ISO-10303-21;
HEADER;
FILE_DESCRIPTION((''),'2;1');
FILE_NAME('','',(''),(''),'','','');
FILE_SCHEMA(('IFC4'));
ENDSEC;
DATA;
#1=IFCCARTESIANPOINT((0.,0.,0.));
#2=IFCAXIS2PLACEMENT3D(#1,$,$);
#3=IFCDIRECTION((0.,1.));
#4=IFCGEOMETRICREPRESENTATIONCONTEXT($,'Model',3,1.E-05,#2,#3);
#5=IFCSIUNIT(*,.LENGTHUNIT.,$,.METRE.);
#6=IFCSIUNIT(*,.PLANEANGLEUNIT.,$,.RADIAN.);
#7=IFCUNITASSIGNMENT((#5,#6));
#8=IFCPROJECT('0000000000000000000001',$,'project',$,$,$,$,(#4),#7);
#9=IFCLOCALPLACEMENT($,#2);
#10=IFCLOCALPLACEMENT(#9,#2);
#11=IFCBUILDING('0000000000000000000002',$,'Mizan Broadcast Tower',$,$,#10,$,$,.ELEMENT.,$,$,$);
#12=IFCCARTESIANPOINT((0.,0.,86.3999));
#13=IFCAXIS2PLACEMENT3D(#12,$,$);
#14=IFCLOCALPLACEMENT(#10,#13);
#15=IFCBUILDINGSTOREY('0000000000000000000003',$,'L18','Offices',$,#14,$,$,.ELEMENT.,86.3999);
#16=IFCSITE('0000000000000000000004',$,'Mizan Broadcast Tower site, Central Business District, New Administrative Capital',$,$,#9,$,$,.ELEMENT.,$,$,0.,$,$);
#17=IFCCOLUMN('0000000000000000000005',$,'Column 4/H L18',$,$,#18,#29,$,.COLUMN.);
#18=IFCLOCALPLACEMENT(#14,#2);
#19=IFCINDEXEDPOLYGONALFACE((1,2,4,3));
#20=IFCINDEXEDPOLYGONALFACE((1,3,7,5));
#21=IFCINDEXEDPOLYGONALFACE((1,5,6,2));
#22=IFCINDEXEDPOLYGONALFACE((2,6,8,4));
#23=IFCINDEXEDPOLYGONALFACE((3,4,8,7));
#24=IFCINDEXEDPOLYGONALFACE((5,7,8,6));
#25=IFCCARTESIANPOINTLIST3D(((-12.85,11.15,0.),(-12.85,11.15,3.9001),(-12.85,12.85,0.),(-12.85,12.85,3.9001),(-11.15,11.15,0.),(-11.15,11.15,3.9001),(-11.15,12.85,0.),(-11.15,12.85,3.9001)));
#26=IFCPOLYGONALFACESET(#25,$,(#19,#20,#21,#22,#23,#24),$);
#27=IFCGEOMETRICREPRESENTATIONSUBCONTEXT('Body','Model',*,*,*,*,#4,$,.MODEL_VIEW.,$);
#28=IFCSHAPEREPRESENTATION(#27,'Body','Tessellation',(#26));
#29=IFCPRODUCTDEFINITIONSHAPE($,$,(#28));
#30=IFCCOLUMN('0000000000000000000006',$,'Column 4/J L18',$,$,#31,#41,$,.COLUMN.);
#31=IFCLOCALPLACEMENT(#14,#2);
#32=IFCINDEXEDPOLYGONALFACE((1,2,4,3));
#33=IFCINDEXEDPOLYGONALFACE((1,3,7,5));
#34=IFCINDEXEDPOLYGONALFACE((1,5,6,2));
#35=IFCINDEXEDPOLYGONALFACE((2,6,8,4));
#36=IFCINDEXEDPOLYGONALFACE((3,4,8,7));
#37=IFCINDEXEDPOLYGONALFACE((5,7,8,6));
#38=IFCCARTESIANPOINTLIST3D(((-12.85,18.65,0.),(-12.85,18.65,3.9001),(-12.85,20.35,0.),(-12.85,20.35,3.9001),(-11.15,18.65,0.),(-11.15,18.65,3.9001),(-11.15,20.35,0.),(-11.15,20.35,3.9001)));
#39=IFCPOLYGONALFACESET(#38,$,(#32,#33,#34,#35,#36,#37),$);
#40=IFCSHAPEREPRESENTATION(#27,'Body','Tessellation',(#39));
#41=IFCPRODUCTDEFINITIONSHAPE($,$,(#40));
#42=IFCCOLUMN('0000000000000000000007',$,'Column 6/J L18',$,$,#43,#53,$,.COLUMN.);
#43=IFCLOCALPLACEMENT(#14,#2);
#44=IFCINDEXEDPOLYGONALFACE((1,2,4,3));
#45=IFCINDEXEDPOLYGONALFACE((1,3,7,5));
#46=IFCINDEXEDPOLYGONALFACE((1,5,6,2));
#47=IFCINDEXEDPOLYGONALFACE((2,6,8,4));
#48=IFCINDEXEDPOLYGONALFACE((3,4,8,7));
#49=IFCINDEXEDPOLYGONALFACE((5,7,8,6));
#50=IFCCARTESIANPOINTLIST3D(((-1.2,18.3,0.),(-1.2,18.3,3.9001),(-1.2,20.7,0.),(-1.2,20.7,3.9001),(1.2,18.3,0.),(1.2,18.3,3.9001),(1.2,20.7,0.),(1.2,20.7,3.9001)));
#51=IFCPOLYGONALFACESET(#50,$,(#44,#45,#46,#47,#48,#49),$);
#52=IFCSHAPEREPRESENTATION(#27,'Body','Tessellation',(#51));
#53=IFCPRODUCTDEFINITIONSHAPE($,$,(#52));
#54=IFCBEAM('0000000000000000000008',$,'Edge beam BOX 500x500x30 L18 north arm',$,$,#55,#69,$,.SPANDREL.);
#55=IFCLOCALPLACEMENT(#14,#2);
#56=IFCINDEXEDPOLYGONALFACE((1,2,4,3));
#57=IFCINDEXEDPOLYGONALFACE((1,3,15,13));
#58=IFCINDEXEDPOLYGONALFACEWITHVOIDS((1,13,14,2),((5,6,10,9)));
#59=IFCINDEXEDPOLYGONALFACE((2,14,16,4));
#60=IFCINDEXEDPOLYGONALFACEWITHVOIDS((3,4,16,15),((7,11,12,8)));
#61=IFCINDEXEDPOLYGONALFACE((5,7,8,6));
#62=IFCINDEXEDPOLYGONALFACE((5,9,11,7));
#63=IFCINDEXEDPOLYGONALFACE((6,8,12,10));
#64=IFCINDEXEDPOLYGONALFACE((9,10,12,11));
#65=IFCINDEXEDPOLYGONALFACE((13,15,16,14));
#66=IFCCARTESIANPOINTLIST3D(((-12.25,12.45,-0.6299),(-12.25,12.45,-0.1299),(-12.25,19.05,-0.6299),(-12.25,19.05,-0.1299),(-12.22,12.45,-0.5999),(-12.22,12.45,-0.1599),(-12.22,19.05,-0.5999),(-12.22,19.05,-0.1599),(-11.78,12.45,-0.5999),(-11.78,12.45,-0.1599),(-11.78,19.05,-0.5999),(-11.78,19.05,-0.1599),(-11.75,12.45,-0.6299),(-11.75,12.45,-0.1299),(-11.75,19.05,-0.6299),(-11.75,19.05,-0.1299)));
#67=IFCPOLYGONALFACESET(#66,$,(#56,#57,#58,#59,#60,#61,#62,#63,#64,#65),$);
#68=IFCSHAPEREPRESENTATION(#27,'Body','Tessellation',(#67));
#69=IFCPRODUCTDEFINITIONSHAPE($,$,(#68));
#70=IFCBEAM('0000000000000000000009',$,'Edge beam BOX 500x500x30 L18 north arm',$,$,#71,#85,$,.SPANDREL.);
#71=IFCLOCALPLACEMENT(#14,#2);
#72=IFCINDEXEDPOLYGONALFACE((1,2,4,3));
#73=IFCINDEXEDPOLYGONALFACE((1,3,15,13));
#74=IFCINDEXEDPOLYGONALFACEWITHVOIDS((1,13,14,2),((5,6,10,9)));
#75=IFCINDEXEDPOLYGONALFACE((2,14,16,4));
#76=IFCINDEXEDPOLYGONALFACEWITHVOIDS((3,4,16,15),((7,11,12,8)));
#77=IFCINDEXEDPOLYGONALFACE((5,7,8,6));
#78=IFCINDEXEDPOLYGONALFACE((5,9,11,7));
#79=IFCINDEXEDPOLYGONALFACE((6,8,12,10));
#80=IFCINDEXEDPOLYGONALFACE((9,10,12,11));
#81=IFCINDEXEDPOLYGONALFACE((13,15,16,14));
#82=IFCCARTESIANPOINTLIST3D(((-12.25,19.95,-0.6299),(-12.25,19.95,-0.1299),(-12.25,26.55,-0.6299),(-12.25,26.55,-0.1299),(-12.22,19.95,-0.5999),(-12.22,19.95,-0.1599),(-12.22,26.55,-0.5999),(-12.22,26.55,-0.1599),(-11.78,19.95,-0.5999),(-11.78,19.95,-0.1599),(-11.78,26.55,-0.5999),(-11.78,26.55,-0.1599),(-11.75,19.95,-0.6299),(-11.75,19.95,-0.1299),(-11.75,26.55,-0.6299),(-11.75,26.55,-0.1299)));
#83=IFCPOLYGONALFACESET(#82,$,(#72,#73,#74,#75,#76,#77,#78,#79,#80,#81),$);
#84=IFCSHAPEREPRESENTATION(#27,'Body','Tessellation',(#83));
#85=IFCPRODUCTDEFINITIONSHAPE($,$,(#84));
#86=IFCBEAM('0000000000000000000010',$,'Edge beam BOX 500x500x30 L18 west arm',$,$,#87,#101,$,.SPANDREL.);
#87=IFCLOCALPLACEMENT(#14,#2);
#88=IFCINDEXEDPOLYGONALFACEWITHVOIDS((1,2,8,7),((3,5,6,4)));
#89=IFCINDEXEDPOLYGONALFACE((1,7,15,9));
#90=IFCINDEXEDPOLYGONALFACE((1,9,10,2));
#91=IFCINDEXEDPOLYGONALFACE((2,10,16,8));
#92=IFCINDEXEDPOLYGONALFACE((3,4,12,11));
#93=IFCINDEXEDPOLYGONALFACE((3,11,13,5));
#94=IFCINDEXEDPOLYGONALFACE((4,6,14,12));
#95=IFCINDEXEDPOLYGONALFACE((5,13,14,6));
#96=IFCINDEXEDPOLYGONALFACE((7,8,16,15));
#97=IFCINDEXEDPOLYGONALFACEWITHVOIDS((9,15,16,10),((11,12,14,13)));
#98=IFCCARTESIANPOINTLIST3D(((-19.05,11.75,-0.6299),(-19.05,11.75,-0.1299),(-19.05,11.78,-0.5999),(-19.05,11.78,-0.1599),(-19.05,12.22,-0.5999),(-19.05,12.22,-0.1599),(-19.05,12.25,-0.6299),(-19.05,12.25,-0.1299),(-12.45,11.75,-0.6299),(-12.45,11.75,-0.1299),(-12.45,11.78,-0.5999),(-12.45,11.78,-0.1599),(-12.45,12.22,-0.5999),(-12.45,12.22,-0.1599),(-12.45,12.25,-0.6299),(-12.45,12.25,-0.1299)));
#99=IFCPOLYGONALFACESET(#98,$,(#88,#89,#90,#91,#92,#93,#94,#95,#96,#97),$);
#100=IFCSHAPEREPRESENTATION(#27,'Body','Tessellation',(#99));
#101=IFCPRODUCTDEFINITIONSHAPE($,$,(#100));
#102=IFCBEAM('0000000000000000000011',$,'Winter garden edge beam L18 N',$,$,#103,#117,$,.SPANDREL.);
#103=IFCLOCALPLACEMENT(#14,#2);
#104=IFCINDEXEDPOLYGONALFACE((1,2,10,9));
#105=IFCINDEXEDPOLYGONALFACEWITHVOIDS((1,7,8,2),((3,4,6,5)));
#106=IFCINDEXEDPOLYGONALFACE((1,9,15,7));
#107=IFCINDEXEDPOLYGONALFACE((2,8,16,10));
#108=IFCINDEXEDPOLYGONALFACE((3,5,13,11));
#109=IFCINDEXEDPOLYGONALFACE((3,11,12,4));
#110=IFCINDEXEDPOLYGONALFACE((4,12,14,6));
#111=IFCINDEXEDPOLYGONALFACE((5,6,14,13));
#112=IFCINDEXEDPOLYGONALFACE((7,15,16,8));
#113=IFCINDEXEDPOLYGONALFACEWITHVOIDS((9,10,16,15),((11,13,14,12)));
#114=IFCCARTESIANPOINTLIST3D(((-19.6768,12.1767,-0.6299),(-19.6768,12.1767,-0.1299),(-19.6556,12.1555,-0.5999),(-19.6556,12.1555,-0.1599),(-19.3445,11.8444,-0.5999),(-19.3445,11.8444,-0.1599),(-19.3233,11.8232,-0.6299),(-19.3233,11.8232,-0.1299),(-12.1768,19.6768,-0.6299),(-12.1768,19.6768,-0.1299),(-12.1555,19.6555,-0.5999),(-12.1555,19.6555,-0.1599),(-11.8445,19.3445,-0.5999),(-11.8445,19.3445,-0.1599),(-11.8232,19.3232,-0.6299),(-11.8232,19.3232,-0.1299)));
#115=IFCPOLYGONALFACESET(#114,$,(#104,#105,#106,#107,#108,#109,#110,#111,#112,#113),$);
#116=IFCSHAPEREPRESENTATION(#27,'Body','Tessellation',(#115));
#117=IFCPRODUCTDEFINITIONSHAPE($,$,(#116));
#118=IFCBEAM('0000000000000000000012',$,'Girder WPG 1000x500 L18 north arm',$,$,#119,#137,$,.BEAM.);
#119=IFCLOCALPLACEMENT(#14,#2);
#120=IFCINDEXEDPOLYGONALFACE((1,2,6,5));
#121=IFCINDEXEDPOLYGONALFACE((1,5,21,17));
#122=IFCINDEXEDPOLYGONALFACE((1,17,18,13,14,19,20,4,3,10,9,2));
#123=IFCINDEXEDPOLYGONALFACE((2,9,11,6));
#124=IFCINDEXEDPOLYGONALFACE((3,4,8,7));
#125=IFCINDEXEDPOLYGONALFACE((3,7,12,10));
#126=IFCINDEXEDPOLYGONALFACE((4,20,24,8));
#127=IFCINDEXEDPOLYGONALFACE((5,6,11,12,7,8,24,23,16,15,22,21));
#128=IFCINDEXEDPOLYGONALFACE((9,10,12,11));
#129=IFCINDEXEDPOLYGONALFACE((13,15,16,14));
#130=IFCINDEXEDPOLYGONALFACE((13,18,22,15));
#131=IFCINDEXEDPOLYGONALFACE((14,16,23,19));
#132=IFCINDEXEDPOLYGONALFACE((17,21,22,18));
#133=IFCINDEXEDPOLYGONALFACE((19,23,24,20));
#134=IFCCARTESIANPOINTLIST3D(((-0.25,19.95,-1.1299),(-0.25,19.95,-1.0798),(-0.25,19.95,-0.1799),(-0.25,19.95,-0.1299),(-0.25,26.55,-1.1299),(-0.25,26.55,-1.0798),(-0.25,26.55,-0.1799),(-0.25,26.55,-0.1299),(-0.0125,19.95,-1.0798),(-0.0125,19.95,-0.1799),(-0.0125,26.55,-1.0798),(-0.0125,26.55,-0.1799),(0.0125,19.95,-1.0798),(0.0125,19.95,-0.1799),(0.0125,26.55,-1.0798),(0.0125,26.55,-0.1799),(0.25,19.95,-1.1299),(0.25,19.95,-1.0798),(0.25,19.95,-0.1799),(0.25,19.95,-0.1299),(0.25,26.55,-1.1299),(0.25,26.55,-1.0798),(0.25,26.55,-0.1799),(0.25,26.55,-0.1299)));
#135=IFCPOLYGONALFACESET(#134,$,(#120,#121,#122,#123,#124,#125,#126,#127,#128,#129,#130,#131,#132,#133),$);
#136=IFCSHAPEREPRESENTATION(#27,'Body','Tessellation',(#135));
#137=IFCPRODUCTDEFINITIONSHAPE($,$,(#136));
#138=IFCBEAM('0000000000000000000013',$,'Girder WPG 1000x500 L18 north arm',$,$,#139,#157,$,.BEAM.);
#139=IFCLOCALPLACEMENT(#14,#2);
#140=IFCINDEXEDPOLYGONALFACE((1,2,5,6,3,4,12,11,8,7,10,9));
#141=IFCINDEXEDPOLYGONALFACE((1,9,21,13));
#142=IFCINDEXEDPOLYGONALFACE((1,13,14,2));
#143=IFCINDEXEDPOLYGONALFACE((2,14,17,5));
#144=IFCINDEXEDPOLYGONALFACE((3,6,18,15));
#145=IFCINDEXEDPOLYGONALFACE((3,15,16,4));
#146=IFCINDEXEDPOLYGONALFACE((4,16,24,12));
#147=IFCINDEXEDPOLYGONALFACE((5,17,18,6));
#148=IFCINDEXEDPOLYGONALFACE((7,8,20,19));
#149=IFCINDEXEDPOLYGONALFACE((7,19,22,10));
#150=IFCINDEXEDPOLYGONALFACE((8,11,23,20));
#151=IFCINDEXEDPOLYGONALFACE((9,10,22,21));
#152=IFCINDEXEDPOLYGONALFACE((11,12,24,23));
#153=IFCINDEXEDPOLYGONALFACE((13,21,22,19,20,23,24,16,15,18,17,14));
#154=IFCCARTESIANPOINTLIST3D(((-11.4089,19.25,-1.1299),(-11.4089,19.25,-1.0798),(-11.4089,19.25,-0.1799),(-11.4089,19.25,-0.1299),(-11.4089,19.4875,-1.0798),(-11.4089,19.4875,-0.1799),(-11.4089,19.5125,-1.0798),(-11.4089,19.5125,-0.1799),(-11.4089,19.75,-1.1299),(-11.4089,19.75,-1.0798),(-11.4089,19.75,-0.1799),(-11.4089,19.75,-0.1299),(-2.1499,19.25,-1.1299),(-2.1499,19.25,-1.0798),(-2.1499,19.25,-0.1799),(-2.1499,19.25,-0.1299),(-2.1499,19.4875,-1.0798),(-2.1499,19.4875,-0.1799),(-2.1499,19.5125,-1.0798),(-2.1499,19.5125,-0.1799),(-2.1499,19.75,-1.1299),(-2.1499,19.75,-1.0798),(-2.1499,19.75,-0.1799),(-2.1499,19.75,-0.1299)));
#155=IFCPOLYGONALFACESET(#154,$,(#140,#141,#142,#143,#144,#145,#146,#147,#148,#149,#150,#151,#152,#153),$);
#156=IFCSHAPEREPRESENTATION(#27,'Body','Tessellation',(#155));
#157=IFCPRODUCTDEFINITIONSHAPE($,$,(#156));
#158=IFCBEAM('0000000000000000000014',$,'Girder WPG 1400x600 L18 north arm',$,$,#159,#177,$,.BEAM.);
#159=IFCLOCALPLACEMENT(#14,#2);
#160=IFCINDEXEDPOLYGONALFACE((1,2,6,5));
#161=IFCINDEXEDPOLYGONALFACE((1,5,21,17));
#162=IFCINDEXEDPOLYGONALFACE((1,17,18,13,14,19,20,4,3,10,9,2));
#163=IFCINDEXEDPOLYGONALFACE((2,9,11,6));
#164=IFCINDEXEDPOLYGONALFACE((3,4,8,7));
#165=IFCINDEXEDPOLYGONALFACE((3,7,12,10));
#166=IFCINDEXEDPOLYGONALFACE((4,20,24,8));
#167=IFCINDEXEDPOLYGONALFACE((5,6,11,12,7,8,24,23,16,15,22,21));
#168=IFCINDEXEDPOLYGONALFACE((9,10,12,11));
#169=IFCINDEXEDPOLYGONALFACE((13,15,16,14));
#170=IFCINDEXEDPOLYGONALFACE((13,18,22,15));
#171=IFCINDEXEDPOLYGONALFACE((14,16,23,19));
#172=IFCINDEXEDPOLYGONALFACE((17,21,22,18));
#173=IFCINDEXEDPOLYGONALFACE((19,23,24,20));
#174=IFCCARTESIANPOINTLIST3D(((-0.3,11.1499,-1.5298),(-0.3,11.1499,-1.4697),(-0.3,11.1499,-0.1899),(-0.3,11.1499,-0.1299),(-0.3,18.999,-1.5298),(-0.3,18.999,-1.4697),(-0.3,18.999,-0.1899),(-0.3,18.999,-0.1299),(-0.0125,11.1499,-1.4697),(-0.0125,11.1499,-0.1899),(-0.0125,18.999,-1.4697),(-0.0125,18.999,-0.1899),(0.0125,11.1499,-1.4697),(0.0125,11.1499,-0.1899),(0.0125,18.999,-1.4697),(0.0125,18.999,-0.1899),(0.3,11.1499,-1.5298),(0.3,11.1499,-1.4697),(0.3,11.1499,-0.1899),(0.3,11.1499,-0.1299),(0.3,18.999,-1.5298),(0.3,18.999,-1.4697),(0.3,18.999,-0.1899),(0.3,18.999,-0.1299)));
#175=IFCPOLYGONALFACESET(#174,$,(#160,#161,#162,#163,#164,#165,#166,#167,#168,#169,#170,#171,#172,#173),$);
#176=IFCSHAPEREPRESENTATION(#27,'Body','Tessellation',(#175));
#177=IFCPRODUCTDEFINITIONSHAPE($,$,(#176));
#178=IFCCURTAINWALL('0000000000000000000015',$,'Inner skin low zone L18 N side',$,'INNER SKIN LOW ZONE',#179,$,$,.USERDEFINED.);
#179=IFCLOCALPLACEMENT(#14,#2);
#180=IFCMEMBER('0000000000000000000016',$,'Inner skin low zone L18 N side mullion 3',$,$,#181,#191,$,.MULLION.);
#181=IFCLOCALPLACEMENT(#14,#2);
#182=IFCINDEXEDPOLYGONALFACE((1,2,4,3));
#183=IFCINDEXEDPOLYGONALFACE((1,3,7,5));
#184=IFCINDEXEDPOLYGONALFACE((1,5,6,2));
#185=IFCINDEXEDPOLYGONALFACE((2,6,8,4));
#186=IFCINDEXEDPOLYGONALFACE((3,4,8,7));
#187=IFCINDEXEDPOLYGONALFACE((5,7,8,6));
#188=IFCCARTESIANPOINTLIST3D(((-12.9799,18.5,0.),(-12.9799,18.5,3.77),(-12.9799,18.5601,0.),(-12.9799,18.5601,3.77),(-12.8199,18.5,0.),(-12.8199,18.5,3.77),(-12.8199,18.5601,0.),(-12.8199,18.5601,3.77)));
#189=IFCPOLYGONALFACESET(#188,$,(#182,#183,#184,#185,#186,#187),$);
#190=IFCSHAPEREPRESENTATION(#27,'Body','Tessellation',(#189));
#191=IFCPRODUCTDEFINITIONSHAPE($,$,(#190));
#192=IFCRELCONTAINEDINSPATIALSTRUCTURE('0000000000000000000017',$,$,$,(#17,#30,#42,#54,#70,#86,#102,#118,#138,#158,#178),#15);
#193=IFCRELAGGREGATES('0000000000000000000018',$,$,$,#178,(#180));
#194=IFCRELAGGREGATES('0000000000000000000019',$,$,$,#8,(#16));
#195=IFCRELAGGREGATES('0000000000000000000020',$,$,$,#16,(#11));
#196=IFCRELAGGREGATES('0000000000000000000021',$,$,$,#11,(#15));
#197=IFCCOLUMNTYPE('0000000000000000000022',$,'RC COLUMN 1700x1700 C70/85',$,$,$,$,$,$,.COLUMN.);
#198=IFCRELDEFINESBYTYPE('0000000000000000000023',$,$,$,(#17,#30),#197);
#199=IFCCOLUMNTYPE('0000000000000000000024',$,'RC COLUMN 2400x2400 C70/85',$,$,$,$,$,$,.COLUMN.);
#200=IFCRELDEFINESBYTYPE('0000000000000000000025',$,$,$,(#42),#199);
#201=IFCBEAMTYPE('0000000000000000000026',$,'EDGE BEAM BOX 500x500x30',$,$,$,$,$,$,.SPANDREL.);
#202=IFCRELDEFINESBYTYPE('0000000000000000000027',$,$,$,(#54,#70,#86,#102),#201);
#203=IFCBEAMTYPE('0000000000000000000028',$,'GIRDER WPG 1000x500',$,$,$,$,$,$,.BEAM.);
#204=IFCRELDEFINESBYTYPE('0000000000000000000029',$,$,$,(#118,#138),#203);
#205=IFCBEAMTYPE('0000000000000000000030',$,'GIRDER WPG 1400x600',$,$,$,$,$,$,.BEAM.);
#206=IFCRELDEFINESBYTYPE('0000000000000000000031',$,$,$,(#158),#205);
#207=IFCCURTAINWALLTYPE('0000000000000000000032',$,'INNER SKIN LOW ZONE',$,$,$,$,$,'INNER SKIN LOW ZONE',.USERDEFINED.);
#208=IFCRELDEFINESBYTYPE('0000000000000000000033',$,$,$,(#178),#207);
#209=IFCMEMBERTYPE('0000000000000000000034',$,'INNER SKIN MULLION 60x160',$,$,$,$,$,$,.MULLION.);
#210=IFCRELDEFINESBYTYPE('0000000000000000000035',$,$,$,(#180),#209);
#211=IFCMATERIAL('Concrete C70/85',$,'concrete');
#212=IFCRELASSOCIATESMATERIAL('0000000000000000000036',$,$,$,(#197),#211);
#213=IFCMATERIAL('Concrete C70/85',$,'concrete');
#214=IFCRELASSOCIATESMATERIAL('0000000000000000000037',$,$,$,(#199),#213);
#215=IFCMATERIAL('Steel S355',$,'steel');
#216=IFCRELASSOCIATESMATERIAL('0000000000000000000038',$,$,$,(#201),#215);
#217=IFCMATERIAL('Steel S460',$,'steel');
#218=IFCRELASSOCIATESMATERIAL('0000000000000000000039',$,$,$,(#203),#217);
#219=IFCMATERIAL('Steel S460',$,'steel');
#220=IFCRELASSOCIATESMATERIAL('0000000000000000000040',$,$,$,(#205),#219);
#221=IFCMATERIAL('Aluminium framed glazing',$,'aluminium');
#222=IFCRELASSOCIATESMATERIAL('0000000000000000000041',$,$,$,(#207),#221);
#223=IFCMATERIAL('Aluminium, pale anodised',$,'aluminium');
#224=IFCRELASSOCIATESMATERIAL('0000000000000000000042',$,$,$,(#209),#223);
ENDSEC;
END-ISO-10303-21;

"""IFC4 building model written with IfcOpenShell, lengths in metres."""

from ifc_helpers import new_model, si_unit, direction, frame, origin, origin_2d, place, context, subcontext, project, spatial, rectangle, hollow_rectangle, i_section, extrude, material, material_profile, profile_set, type_object, element, aggregate, save


model = new_model("IFC4")

# Units and contexts
model_context = context("Model", 3, precision=1e-05, world=origin(), true_north=direction((0.0, 1.0)))
body_context = subcontext(model_context, "Body", "Model", "MODEL_VIEW")
ifc_project = project(units=[si_unit("LENGTHUNIT", "METRE"), si_unit("PLANEANGLEUNIT", "RADIAN")], contexts=[model_context])

# Site, building, storey
site_placement = place(None, origin())
site = spatial("IfcSite", under=ifc_project, at=site_placement, Name="Mizan Broadcast Tower site, Central Business District, New Administrative Capital", CompositionType="ELEMENT", RefElevation=0.0)
building_placement = place(site_placement, origin())
building = spatial("IfcBuilding", under=site, at=building_placement, Name="Mizan Broadcast Tower", CompositionType="ELEMENT")
storey_placement = place(building_placement, frame((0.0, 0.0, 86.3999)))
storey = spatial("IfcBuildingStorey", under=building, at=storey_placement, Name="L18", Description="Offices", CompositionType="ELEMENT", Elevation=86.3999)

# Columns
ifc_material_1 = material(Name="Concrete C70/85", Category="concrete")
ifc_material_profile_1 = material_profile(ifc_material_1, rectangle(XDim=1.7, YDim=1.7, at=origin_2d()), Name="RC 1700x1700")
ifc_profile_set_1 = profile_set([ifc_material_profile_1], Name="Concrete C70/85")
column_type_1 = type_object("IfcColumnType", Name="RC COLUMN 1700x1700 C70/85", PredefinedType="COLUMN", material=ifc_profile_set_1)
for number, where, z_axis, x_axis, name in (
    (1, (-12.0, 12.0, 0.0), (0.0, 0.0, 1.0), (1.0, 0.0, 0.0), "Column 4/H L18"),
    (2, (-12.0, 19.5, 0.0), (0.0, 0.0, 1.0), (1.0, 0.0, 0.0), "Column 4/J L18"),
):
    element("IfcColumn", number, at=place(storey_placement, frame(where, z_axis=z_axis, x_axis=x_axis)), inside=storey, type_object=column_type_1, Name=name, PredefinedType="COLUMN", context=body_context, shape_type="SweptSolid", body=[
        extrude(rectangle(XDim=1.7, YDim=1.7, at=origin_2d()), origin(), (0.0, 0.0, 1.0), 3.9001),
    ])
ifc_material_2 = material(Name="Concrete C70/85", Category="concrete")
ifc_material_profile_2 = material_profile(ifc_material_2, rectangle(XDim=2.3999, YDim=2.3999, at=origin_2d()), Name="RC 2400x2400")
ifc_profile_set_2 = profile_set([ifc_material_profile_2], Name="Concrete C70/85")
column_type_2 = type_object("IfcColumnType", Name="RC COLUMN 2400x2400 C70/85", PredefinedType="COLUMN", material=ifc_profile_set_2)
column_placement = place(storey_placement, frame((0.0, 19.5, 0.0), z_axis=(0.0, 0.0, 1.0), x_axis=(1.0, 0.0, 0.0)))
element("IfcColumn", 3, at=column_placement, inside=storey, type_object=column_type_2, Name="Column 6/J L18", PredefinedType="COLUMN", context=body_context, shape_type="SweptSolid", body=[
    extrude(rectangle(XDim=2.3999, YDim=2.3999, at=origin_2d()), origin(), (0.0, 0.0, 1.0), 3.9001),
])

# Beams
ifc_material_3 = material(Name="Steel S355", Category="steel")
ifc_material_profile_3 = material_profile(ifc_material_3, hollow_rectangle(XDim=0.5, YDim=0.5, WallThickness=0.03, at=origin_2d()), Name="BOX 500x500x30")
ifc_profile_set_3 = profile_set([ifc_material_profile_3], Name="Steel S355")
beam_type_1 = type_object("IfcBeamType", Name="EDGE BEAM BOX 500x500x30", PredefinedType="SPANDREL", material=ifc_profile_set_3)
for number, where, z_axis, x_axis, name in (
    (4, (-12.0, 12.45, -0.3799), (0.0, 1.0, 0.0), (-1.0, 0.0, 0.0), "Edge beam BOX 500x500x30 L18 north arm"),
    (5, (-12.0, 19.95, -0.3799), (0.0, 1.0, 0.0), (-1.0, 0.0, 0.0), "Edge beam BOX 500x500x30 L18 north arm"),
    (6, (-12.45, 12.0, -0.3799), (-1.0, 0.0, 0.0), (0.0, -1.0, 0.0), "Edge beam BOX 500x500x30 L18 west arm"),
):
    element("IfcBeam", number, at=place(storey_placement, frame(where, z_axis=z_axis, x_axis=x_axis)), inside=storey, type_object=beam_type_1, Name=name, PredefinedType="SPANDREL", context=body_context, shape_type="SweptSolid", body=[
        extrude(hollow_rectangle(XDim=0.5, YDim=0.5, WallThickness=0.03, at=origin_2d()), origin(), (0.0, 0.0, 1.0), 6.6001),
    ])
beam_1_placement = place(storey_placement, frame((-12.0, 19.5, -0.3799), z_axis=(-0.707107, -0.707107, 0.0), x_axis=(0.707107, -0.707107, 0.0)))
element("IfcBeam", 7, at=beam_1_placement, inside=storey, type_object=beam_type_1, Name="Winter garden edge beam L18 N", PredefinedType="SPANDREL", context=body_context, shape_type="SweptSolid", body=[
    extrude(hollow_rectangle(XDim=0.5, YDim=0.5, WallThickness=0.03, at=origin_2d()), origin(), (0.0, 0.0, 1.0), 10.6067),
])
ifc_material_4 = material(Name="Steel S460", Category="steel")
ifc_material_profile_4 = material_profile(ifc_material_4, i_section(OverallWidth=0.5, OverallDepth=1.0, WebThickness=0.0249, FlangeThickness=0.05, at=origin_2d()), Name="WPG 1000x500")
ifc_profile_set_4 = profile_set([ifc_material_profile_4], Name="Steel S460")
beam_type_2 = type_object("IfcBeamType", Name="GIRDER WPG 1000x500", PredefinedType="BEAM", material=ifc_profile_set_4)
beam_2_placement = place(storey_placement, frame((0.0, 19.95, -0.6299), z_axis=(0.0, 1.0, 0.0), x_axis=(-1.0, 0.0, 0.0)))
element("IfcBeam", 8, at=beam_2_placement, inside=storey, type_object=beam_type_2, Name="Girder WPG 1000x500 L18 north arm", PredefinedType="BEAM", context=body_context, shape_type="SweptSolid", body=[
    extrude(i_section(OverallWidth=0.5, OverallDepth=1.0, WebThickness=0.0249, FlangeThickness=0.05, at=origin_2d()), origin(), (0.0, 0.0, 1.0), 6.6001),
])
beam_3_placement = place(storey_placement, frame((-11.4089, 19.5, -0.6299), z_axis=(1.0, 0.0, 0.0), x_axis=(0.0, 1.0, 0.0)))
element("IfcBeam", 9, at=beam_3_placement, inside=storey, type_object=beam_type_2, Name="Girder WPG 1000x500 L18 north arm", PredefinedType="BEAM", context=body_context, shape_type="SweptSolid", body=[
    extrude(i_section(OverallWidth=0.5, OverallDepth=1.0, WebThickness=0.0249, FlangeThickness=0.05, at=origin_2d()), origin(), (0.0, 0.0, 1.0), 9.259),
])
ifc_material_5 = material(Name="Steel S460", Category="steel")
ifc_material_profile_5 = material_profile(ifc_material_5, i_section(OverallWidth=0.6001, OverallDepth=1.3999, WebThickness=0.0249, FlangeThickness=0.0601, at=origin_2d()), Name="WPG 1400x600")
ifc_profile_set_5 = profile_set([ifc_material_profile_5], Name="Steel S460")
beam_type_3 = type_object("IfcBeamType", Name="GIRDER WPG 1400x600", PredefinedType="BEAM", material=ifc_profile_set_5)
beam_4_placement = place(storey_placement, frame((0.0, 11.1499, -0.8298), z_axis=(0.0, 1.0, 0.0), x_axis=(-1.0, 0.0, 0.0)))
element("IfcBeam", 10, at=beam_4_placement, inside=storey, type_object=beam_type_3, Name="Girder WPG 1400x600 L18 north arm", PredefinedType="BEAM", context=body_context, shape_type="SweptSolid", body=[
    extrude(i_section(OverallWidth=0.6001, OverallDepth=1.3999, WebThickness=0.0249, FlangeThickness=0.0601, at=origin_2d()), origin(), (0.0, 0.0, 1.0), 7.8491),
])

# Curtain wall, member
ifc_material_6 = material(Name="Aluminium framed glazing", Category="aluminium")
curtain_wall_type = type_object("IfcCurtainWallType", Name="INNER SKIN LOW ZONE", ElementType="INNER SKIN LOW ZONE", PredefinedType="USERDEFINED", material=ifc_material_6)
curtain_wall_placement = place(storey_placement, origin())
curtain_wall = element("IfcCurtainWall", 11, at=curtain_wall_placement, inside=storey, type_object=curtain_wall_type, Name="Inner skin low zone L18 N side", ObjectType="INNER SKIN LOW ZONE", PredefinedType="USERDEFINED")
ifc_material_7 = material(Name="Aluminium, pale anodised", Category="aluminium")
ifc_material_profile_6 = material_profile(ifc_material_7, rectangle(XDim=0.1599, YDim=0.0601, at=origin_2d()), Name="MULLION 160x60")
ifc_profile_set_6 = profile_set([ifc_material_profile_6], Name="Aluminium, pale anodised")
member_type = type_object("IfcMemberType", Name="INNER SKIN MULLION 60x160", PredefinedType="MULLION", material=ifc_profile_set_6)
member_placement = place(storey_placement, frame((-12.8999, 18.53, 0.0), z_axis=(0.0, 0.0, 1.0), x_axis=(1.0, 0.0, 0.0)))
member = element("IfcMember", 12, at=member_placement, type_object=member_type, Name="Inner skin low zone L18 N side mullion 3", PredefinedType="MULLION", context=body_context, shape_type="SweptSolid", body=[
    extrude(rectangle(XDim=0.1599, YDim=0.0601, at=origin_2d()), origin(), (0.0, 0.0, 1.0), 3.77),
])

aggregate(curtain_wall, [member])

save(model, "model.ifc")
